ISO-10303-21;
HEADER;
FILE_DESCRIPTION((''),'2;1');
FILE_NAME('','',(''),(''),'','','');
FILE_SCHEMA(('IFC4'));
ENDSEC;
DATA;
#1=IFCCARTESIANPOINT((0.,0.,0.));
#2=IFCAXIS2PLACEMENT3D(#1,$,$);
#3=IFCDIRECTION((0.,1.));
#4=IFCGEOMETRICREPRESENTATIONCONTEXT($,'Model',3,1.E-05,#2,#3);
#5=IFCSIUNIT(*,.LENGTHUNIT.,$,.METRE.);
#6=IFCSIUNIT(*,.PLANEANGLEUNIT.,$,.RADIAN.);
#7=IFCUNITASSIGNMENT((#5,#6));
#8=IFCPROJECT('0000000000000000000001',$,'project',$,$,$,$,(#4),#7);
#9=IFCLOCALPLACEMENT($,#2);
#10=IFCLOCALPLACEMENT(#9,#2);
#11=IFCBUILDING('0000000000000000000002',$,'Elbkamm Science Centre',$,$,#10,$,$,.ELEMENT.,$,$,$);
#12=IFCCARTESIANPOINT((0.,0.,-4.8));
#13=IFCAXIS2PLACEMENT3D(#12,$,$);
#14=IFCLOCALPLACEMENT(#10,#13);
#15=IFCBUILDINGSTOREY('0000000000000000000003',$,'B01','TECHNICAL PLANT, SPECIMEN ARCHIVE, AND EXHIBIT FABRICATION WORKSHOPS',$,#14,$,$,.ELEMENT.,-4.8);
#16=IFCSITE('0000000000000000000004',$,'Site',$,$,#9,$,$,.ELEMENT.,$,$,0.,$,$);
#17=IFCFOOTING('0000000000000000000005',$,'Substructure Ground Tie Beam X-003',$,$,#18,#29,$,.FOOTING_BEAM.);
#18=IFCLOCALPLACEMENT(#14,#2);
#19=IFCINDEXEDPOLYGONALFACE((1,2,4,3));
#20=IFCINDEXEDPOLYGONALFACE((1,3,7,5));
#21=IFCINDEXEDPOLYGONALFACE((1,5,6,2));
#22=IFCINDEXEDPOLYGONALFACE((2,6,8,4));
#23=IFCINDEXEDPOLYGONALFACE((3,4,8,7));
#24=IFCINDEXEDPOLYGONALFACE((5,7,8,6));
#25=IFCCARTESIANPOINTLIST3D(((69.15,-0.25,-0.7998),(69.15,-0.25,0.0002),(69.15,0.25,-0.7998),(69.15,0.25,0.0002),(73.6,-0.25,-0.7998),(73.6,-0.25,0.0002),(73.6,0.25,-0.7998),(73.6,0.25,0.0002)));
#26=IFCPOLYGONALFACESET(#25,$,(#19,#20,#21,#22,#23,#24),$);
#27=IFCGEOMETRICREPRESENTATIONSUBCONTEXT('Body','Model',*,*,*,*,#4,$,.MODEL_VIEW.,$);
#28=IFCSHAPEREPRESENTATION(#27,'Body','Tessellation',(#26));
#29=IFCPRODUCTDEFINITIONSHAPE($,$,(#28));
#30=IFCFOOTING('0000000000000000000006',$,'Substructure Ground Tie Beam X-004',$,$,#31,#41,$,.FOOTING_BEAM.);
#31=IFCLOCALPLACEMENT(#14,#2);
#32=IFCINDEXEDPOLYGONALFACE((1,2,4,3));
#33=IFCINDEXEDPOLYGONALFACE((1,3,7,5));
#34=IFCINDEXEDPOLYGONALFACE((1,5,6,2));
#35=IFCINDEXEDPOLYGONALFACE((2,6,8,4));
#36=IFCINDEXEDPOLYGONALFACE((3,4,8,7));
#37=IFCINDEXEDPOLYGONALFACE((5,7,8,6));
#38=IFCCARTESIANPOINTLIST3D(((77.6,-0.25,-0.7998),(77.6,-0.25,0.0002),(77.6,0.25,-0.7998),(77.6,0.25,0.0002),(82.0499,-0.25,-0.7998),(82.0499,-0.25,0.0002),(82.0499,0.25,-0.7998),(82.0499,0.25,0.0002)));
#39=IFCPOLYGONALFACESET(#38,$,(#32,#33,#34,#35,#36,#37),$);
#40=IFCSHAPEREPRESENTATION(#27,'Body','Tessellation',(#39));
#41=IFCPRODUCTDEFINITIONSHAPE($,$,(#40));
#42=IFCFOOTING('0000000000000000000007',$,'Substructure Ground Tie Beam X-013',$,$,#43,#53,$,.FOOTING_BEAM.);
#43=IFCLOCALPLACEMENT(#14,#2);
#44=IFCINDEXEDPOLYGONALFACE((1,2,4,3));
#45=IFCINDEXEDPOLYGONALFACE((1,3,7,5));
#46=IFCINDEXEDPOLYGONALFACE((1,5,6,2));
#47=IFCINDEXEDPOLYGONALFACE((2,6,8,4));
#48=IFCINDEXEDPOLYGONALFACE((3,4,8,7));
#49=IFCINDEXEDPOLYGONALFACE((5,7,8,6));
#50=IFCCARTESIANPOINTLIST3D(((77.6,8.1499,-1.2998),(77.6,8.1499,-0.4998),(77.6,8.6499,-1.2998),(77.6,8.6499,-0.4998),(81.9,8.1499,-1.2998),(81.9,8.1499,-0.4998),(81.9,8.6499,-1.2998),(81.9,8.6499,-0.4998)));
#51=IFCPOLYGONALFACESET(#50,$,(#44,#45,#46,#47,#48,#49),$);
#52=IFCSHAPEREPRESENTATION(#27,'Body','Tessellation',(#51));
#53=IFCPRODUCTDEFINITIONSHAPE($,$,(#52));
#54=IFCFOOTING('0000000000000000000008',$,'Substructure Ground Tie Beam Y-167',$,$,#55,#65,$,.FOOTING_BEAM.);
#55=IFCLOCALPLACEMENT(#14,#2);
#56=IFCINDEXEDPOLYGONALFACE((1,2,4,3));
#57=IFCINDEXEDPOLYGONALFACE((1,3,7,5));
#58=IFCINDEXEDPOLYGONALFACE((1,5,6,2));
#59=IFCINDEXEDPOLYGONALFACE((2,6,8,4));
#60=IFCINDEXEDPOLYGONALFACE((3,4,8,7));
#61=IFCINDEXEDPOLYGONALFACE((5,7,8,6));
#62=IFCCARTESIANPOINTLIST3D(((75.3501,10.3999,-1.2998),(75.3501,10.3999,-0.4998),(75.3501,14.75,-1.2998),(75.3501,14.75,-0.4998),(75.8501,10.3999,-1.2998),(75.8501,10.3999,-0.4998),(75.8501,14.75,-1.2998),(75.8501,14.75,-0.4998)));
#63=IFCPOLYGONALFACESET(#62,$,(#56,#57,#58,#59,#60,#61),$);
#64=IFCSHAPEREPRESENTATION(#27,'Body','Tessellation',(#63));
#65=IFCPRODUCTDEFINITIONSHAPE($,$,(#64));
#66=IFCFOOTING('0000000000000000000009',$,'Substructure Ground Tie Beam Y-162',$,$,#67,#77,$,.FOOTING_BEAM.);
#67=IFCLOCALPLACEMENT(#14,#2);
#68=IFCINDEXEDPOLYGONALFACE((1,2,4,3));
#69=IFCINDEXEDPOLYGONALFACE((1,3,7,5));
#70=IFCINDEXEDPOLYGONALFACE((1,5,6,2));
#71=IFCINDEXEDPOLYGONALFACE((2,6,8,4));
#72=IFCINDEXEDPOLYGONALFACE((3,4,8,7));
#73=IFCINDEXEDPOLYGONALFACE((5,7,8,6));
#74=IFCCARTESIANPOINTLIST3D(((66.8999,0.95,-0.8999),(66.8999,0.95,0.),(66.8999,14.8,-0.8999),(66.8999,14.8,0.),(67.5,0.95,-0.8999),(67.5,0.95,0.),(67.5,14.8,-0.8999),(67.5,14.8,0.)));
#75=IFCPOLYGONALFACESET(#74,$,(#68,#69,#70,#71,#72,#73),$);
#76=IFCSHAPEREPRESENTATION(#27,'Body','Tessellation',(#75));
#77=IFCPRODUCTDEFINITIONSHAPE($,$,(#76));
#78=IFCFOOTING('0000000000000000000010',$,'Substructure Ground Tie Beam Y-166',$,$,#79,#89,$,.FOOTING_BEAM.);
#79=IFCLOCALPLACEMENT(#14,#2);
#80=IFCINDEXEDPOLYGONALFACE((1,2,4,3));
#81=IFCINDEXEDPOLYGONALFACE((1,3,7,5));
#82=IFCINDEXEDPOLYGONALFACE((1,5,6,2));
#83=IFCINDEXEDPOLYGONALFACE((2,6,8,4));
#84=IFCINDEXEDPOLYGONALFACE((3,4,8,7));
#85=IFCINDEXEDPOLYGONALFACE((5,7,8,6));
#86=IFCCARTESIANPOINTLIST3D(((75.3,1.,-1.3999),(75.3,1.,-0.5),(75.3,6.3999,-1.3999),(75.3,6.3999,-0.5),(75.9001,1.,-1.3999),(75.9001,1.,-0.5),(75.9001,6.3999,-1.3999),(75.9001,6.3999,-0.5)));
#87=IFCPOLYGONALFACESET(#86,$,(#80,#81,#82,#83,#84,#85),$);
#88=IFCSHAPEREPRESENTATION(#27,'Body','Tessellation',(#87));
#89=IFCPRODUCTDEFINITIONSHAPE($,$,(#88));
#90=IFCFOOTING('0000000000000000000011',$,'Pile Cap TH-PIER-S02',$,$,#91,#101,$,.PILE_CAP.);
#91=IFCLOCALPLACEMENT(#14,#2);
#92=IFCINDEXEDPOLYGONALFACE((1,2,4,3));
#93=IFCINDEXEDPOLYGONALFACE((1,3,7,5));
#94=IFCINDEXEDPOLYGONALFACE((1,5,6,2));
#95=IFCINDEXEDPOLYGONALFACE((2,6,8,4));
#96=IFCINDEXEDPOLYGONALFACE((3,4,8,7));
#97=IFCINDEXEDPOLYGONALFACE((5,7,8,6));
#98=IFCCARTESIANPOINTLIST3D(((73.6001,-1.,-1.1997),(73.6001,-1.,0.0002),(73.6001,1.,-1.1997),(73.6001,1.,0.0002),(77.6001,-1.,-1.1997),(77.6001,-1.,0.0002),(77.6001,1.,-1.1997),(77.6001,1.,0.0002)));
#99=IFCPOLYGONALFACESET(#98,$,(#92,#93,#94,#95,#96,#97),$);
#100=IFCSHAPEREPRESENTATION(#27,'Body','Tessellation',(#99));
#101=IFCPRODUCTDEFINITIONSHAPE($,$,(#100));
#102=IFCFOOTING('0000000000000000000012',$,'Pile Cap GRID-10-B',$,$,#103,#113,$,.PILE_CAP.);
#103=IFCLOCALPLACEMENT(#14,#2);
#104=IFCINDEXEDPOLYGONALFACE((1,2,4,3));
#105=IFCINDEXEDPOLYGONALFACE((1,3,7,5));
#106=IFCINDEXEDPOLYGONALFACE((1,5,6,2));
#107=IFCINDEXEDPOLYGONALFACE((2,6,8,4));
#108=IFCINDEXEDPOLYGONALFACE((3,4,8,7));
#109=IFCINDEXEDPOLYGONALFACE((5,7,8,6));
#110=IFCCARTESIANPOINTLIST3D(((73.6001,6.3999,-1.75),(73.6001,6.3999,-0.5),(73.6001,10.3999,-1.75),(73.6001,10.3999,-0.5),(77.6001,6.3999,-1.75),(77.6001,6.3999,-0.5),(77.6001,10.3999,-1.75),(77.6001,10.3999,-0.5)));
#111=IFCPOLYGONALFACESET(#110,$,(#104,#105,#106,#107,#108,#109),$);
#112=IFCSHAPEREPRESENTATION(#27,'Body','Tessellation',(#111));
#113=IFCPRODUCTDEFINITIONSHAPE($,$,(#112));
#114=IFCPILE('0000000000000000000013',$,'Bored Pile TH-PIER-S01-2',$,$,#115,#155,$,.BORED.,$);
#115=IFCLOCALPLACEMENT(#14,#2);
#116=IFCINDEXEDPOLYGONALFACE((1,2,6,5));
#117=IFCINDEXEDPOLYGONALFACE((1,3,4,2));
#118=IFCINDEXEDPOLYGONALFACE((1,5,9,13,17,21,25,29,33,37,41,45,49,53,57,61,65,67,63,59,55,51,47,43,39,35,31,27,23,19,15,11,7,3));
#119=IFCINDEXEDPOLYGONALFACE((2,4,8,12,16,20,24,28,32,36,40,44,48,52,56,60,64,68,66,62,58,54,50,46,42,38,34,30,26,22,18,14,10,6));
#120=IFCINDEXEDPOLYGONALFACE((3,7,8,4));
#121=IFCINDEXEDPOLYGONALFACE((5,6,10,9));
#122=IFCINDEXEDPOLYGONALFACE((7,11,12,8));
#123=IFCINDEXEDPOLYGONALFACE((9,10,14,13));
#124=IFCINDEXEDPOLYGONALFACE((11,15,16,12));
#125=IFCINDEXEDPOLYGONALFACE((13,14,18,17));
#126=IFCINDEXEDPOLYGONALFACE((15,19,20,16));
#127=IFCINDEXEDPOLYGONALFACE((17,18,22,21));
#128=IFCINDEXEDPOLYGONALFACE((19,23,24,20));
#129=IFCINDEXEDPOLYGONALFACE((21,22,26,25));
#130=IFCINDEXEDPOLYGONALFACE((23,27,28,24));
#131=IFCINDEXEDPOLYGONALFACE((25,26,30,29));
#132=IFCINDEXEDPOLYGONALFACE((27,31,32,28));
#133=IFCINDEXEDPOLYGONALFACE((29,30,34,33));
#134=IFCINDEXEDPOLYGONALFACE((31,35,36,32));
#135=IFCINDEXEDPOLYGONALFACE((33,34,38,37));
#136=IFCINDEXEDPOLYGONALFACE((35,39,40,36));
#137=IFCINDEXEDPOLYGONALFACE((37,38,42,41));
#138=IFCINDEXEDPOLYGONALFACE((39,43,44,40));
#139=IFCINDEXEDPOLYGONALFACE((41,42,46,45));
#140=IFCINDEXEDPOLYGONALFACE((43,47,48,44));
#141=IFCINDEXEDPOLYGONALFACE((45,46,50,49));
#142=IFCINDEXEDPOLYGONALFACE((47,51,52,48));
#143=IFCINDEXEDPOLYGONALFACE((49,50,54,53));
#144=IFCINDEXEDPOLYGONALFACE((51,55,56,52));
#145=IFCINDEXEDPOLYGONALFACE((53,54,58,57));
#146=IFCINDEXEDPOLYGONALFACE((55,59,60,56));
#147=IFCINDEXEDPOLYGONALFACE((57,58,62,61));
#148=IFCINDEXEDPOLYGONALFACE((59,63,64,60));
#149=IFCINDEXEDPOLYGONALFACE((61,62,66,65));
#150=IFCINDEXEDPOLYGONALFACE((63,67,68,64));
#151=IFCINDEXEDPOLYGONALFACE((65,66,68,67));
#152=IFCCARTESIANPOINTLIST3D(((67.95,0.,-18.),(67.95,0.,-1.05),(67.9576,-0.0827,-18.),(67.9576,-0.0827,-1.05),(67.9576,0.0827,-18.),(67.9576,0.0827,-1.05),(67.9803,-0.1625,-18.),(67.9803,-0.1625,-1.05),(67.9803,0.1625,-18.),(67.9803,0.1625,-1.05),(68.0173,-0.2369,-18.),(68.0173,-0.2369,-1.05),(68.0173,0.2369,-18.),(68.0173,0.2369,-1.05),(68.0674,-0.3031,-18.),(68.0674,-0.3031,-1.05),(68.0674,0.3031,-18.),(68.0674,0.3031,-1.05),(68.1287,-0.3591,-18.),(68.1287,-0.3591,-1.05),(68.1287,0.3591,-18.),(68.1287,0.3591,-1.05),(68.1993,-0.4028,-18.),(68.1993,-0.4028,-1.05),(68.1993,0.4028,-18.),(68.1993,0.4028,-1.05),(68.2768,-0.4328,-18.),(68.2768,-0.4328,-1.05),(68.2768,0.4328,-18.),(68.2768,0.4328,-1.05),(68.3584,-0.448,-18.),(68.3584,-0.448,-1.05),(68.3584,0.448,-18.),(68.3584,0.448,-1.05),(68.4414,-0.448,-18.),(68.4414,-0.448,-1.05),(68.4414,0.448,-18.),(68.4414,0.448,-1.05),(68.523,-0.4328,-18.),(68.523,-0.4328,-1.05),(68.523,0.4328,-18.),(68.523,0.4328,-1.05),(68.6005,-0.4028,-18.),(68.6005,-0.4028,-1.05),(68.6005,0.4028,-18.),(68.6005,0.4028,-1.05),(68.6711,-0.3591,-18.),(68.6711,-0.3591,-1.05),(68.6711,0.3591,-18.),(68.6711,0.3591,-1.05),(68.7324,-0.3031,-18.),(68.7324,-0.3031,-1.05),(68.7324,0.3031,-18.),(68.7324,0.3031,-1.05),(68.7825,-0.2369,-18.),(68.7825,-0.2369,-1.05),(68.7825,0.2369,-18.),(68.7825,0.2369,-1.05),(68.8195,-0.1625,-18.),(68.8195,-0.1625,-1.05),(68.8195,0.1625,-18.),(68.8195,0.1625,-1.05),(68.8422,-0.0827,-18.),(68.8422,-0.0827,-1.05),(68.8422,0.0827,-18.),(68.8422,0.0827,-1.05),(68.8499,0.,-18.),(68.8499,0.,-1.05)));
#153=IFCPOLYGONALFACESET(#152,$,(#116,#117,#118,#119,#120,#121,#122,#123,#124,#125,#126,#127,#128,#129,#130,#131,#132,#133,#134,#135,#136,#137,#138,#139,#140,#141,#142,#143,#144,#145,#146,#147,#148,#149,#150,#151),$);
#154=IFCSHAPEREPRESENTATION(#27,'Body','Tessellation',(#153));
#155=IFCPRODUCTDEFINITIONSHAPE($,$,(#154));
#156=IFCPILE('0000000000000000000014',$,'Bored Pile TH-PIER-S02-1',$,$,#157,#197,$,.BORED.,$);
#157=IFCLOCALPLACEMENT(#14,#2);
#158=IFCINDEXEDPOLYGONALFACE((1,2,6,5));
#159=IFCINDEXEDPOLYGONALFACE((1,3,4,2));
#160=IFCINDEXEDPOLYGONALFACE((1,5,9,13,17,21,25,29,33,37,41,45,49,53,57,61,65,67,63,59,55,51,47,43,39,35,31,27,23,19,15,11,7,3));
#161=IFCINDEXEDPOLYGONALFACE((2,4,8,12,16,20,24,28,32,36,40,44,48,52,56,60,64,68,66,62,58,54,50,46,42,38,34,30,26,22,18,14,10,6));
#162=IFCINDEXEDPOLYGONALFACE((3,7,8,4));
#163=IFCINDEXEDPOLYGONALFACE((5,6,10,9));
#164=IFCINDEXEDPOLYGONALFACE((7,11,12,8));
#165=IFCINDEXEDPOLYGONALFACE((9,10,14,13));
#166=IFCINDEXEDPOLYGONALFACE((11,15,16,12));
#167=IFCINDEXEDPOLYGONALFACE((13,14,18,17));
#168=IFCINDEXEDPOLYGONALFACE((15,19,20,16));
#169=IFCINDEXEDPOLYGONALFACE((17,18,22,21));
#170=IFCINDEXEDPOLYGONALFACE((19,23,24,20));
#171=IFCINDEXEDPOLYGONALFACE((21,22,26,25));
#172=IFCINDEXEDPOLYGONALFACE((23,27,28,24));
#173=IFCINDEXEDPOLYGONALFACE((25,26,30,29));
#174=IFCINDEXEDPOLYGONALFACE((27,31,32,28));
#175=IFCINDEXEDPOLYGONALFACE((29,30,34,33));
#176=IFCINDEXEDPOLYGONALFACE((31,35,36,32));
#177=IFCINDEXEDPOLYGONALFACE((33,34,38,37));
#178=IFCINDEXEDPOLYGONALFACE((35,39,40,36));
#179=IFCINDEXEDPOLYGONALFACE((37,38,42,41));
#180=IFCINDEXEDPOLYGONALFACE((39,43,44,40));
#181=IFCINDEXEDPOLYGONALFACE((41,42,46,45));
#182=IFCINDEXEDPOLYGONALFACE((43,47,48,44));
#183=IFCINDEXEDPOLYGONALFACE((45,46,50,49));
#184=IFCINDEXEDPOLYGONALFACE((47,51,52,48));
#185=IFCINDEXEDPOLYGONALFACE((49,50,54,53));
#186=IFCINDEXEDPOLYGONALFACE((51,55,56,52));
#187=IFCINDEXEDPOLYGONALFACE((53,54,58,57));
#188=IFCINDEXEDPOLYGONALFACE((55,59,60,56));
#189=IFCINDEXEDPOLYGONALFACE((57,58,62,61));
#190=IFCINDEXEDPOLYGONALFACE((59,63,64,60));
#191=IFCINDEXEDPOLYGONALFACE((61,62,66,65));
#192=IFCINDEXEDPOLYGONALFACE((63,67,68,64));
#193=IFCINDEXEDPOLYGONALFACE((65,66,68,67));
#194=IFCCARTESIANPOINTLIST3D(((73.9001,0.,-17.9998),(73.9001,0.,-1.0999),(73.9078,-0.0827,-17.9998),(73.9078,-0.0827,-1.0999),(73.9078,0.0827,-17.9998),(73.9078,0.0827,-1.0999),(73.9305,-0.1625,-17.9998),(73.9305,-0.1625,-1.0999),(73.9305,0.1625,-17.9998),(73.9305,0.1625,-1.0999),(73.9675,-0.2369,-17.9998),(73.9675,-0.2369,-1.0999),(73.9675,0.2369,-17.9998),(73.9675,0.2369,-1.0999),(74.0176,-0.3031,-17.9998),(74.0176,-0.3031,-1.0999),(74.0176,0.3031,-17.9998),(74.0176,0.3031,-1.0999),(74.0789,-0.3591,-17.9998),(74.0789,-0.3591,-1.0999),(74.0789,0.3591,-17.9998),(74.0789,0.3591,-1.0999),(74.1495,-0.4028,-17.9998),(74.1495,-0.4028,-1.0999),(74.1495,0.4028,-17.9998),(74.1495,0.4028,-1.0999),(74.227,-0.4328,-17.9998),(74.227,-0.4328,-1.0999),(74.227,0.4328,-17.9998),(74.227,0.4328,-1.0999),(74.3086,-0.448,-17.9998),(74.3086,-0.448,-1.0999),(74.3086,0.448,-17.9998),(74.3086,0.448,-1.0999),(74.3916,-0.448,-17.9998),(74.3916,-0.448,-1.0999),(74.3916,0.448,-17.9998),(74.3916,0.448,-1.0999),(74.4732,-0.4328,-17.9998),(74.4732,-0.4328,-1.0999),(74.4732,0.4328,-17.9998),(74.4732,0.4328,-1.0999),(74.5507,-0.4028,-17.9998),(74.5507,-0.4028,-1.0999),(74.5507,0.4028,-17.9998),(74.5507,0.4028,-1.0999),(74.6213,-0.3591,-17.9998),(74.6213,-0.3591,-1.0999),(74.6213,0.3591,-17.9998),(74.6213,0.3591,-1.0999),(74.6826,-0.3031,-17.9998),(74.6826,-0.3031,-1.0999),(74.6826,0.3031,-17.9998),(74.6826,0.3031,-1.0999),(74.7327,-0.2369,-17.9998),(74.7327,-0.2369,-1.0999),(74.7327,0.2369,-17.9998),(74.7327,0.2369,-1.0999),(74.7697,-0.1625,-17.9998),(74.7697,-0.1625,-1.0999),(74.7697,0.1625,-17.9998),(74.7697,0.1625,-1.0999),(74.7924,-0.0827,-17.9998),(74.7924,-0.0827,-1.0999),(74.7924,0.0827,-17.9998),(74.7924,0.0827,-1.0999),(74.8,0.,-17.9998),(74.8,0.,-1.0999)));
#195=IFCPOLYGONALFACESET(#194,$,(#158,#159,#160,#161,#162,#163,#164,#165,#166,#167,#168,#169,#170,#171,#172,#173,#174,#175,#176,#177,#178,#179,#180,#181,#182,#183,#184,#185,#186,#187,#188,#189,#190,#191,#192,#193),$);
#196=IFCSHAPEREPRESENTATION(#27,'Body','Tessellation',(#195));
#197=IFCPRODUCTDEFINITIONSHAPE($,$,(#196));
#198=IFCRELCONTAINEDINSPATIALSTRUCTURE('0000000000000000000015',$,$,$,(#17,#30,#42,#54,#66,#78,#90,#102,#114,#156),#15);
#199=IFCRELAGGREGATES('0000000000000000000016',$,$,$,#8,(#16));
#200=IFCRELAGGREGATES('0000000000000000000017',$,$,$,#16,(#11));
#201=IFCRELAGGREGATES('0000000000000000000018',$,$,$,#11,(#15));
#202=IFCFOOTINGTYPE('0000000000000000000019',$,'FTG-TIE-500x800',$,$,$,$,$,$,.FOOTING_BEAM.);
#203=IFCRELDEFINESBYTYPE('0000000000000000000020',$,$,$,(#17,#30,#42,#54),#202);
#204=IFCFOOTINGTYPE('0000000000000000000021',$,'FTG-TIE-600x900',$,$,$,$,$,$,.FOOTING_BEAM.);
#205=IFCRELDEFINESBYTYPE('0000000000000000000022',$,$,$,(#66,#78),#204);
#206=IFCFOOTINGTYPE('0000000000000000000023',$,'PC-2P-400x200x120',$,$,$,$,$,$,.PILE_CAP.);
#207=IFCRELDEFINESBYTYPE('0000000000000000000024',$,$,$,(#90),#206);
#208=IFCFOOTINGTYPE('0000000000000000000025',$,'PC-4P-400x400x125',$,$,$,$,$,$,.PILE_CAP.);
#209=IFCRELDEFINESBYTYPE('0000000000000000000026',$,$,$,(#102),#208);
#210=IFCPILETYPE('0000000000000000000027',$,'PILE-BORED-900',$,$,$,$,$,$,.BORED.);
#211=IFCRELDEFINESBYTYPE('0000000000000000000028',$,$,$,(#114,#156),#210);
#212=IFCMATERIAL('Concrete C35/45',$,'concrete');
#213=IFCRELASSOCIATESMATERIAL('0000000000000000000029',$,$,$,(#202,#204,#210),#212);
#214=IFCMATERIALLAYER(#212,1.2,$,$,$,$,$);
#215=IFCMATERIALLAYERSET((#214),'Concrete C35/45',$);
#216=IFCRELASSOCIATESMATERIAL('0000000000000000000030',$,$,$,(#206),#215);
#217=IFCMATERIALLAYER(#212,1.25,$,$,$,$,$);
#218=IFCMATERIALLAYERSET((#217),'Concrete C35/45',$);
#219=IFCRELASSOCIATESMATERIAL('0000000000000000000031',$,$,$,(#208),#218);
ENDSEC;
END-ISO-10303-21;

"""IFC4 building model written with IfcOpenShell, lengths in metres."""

from ifc_helpers import new_model, si_unit, direction, frame, origin, origin_2d, place, context, subcontext, project, spatial, rectangle, circle, extrude, material, layer, layer_set, material_profile, profile_set, type_object, element, save


model = new_model("IFC4")

# Units and contexts
model_context = context("Model", 3, precision=1e-05, world=origin(), true_north=direction((0.0, 1.0)))
body_context = subcontext(model_context, "Body", "Model", "MODEL_VIEW")
ifc_project = project(units=[si_unit("LENGTHUNIT", "METRE"), si_unit("PLANEANGLEUNIT", "RADIAN")], contexts=[model_context])

# Site, building, storey
site_placement = place(None, origin())
site = spatial("IfcSite", under=ifc_project, at=site_placement, Name="Site", CompositionType="ELEMENT", RefElevation=0.0)
building_placement = place(site_placement, origin())
building = spatial("IfcBuilding", under=site, at=building_placement, Name="Elbkamm Science Centre", CompositionType="ELEMENT")
storey_placement = place(building_placement, frame((0.0, 0.0, -4.8)))
storey = spatial("IfcBuildingStorey", under=building, at=storey_placement, Name="B01", Description="TECHNICAL PLANT, SPECIMEN ARCHIVE, AND EXHIBIT FABRICATION WORKSHOPS", CompositionType="ELEMENT", Elevation=-4.8)

# Footings
ifc_material_1 = material(Name="Concrete C35/45", Category="concrete")
footing_type_1 = type_object("IfcFootingType", Name="FTG-TIE-500x800", PredefinedType="FOOTING_BEAM", material=ifc_material_1)
for number, where, z_axis, x_axis, name in (
    (1, (71.375, 0.0, -0.7998), (0.0, 0.0, 1.0), (1.0, 0.0, 0.0), "Substructure Ground Tie Beam X-003"),
    (2, (79.825, 0.0, -0.7998), (0.0, 0.0, 1.0), (1.0, 0.0, 0.0), "Substructure Ground Tie Beam X-004"),
):
    element("IfcFooting", number, at=place(storey_placement, frame(where, z_axis=z_axis, x_axis=x_axis)), inside=storey, type_object=footing_type_1, Name=name, PredefinedType="FOOTING_BEAM", context=body_context, shape_type="SweptSolid", body=[
        extrude(rectangle(XDim=4.45, YDim=0.5, at=origin_2d()), origin(), (0.0, 0.0, 1.0), 0.8),
    ])
footing_1_placement = place(storey_placement, frame((79.75, 8.3999, -1.2998), z_axis=(0.0, 0.0, 1.0), x_axis=(1.0, 0.0, 0.0)))
element("IfcFooting", 3, at=footing_1_placement, inside=storey, type_object=footing_type_1, Name="Substructure Ground Tie Beam X-013", PredefinedType="FOOTING_BEAM", context=body_context, shape_type="SweptSolid", body=[
    extrude(rectangle(XDim=4.3, YDim=0.5, at=origin_2d()), origin(), (0.0, 0.0, 1.0), 0.8),
])
footing_2_placement = place(storey_placement, frame((75.6001, 12.575, -1.2998), z_axis=(0.0, 0.0, 1.0), x_axis=(1.0, 0.0, 0.0)))
element("IfcFooting", 4, at=footing_2_placement, inside=storey, type_object=footing_type_1, Name="Substructure Ground Tie Beam Y-167", PredefinedType="FOOTING_BEAM", context=body_context, shape_type="SweptSolid", body=[
    extrude(rectangle(XDim=0.5, YDim=4.3501, at=origin_2d()), origin(), (0.0, 0.0, 1.0), 0.8),
])
footing_type_2 = type_object("IfcFootingType", Name="FTG-TIE-600x900", PredefinedType="FOOTING_BEAM", material=ifc_material_1)
footing_3_placement = place(storey_placement, frame((67.2, 7.875, -0.8999), z_axis=(0.0, 0.0, 1.0), x_axis=(1.0, 0.0, 0.0)))
element("IfcFooting", 5, at=footing_3_placement, inside=storey, type_object=footing_type_2, Name="Substructure Ground Tie Beam Y-162", PredefinedType="FOOTING_BEAM", context=body_context, shape_type="SweptSolid", body=[
    extrude(rectangle(XDim=0.6001, YDim=13.8501, at=origin_2d()), origin(), (0.0, 0.0, 1.0), 0.8999),
])
footing_4_placement = place(storey_placement, frame((75.6001, 3.7, -1.3999), z_axis=(0.0, 0.0, 1.0), x_axis=(1.0, 0.0, 0.0)))
element("IfcFooting", 6, at=footing_4_placement, inside=storey, type_object=footing_type_2, Name="Substructure Ground Tie Beam Y-166", PredefinedType="FOOTING_BEAM", context=body_context, shape_type="SweptSolid", body=[
    extrude(rectangle(XDim=0.6001, YDim=5.3999, at=origin_2d()), origin(), (0.0, 0.0, 1.0), 0.8999),
])
ifc_layer_1 = layer(ifc_material_1, 1.2)
ifc_layer_set_1 = layer_set([ifc_layer_1], Name="Concrete C35/45")
footing_type_3 = type_object("IfcFootingType", Name="PC-2P-400x200x120", PredefinedType="PILE_CAP", material=ifc_layer_set_1)
footing_5_placement = place(storey_placement, frame((75.6001, 0.0, -1.1997), z_axis=(0.0, 0.0, 1.0), x_axis=(1.0, 0.0, 0.0)))
element("IfcFooting", 7, at=footing_5_placement, inside=storey, type_object=footing_type_3, Name="Pile Cap TH-PIER-S02", PredefinedType="PILE_CAP", context=body_context, shape_type="SweptSolid", body=[
    extrude(rectangle(XDim=4.0, YDim=2.0, at=origin_2d()), origin(), (0.0, 0.0, 1.0), 1.2),
])
ifc_layer_2 = layer(ifc_material_1, 1.25)
ifc_layer_set_2 = layer_set([ifc_layer_2], Name="Concrete C35/45")
footing_type_4 = type_object("IfcFootingType", Name="PC-4P-400x400x125", PredefinedType="PILE_CAP", material=ifc_layer_set_2)
footing_6_placement = place(storey_placement, frame((75.6001, 8.3999, -1.75), z_axis=(0.0, 0.0, 1.0), x_axis=(1.0, 0.0, 0.0)))
element("IfcFooting", 8, at=footing_6_placement, inside=storey, type_object=footing_type_4, Name="Pile Cap GRID-10-B", PredefinedType="PILE_CAP", context=body_context, shape_type="SweptSolid", body=[
    extrude(rectangle(XDim=4.0, YDim=4.0, at=origin_2d()), origin(), (0.0, 0.0, 1.0), 1.25),
])

# Piles
ifc_material_profile_1 = material_profile(ifc_material_1, circle(Radius=0.45, at=origin_2d()), Name="PILE D900")
ifc_profile_set_1 = profile_set([ifc_material_profile_1], Name="Concrete C35/45")
pile_type = type_object("IfcPileType", Name="PILE-BORED-900", PredefinedType="BORED", material=ifc_profile_set_1)
pile_1_placement = place(storey_placement, frame((68.3999, 0.0, -1.05), z_axis=(0.0, 0.0, -1.0), x_axis=(1.0, 0.0, 0.0)))
element("IfcPile", 9, at=pile_1_placement, inside=storey, type_object=pile_type, Name="Bored Pile TH-PIER-S01-2", PredefinedType="BORED", context=body_context, shape_type="SweptSolid", body=[
    extrude(circle(Radius=0.45, at=origin_2d()), origin(), (0.0, 0.0, 1.0), 16.95),
])
for number, where, z_axis, x_axis, name in (
    (10, (74.3501, 0.0, -1.0999), (0.0, 0.0, -1.0), (1.0, 0.0, 0.0), "Bored Pile TH-PIER-S02-1"),
):
    element("IfcPile", number, at=place(storey_placement, frame(where, z_axis=z_axis, x_axis=x_axis)), inside=storey, type_object=pile_type, Name=name, PredefinedType="BORED", context=body_context, shape_type="SweptSolid", body=[
        extrude(circle(Radius=0.45, at=origin_2d()), origin(), (0.0, 0.0, 1.0), 16.8999),
    ])

save(model, "model.ifc")
